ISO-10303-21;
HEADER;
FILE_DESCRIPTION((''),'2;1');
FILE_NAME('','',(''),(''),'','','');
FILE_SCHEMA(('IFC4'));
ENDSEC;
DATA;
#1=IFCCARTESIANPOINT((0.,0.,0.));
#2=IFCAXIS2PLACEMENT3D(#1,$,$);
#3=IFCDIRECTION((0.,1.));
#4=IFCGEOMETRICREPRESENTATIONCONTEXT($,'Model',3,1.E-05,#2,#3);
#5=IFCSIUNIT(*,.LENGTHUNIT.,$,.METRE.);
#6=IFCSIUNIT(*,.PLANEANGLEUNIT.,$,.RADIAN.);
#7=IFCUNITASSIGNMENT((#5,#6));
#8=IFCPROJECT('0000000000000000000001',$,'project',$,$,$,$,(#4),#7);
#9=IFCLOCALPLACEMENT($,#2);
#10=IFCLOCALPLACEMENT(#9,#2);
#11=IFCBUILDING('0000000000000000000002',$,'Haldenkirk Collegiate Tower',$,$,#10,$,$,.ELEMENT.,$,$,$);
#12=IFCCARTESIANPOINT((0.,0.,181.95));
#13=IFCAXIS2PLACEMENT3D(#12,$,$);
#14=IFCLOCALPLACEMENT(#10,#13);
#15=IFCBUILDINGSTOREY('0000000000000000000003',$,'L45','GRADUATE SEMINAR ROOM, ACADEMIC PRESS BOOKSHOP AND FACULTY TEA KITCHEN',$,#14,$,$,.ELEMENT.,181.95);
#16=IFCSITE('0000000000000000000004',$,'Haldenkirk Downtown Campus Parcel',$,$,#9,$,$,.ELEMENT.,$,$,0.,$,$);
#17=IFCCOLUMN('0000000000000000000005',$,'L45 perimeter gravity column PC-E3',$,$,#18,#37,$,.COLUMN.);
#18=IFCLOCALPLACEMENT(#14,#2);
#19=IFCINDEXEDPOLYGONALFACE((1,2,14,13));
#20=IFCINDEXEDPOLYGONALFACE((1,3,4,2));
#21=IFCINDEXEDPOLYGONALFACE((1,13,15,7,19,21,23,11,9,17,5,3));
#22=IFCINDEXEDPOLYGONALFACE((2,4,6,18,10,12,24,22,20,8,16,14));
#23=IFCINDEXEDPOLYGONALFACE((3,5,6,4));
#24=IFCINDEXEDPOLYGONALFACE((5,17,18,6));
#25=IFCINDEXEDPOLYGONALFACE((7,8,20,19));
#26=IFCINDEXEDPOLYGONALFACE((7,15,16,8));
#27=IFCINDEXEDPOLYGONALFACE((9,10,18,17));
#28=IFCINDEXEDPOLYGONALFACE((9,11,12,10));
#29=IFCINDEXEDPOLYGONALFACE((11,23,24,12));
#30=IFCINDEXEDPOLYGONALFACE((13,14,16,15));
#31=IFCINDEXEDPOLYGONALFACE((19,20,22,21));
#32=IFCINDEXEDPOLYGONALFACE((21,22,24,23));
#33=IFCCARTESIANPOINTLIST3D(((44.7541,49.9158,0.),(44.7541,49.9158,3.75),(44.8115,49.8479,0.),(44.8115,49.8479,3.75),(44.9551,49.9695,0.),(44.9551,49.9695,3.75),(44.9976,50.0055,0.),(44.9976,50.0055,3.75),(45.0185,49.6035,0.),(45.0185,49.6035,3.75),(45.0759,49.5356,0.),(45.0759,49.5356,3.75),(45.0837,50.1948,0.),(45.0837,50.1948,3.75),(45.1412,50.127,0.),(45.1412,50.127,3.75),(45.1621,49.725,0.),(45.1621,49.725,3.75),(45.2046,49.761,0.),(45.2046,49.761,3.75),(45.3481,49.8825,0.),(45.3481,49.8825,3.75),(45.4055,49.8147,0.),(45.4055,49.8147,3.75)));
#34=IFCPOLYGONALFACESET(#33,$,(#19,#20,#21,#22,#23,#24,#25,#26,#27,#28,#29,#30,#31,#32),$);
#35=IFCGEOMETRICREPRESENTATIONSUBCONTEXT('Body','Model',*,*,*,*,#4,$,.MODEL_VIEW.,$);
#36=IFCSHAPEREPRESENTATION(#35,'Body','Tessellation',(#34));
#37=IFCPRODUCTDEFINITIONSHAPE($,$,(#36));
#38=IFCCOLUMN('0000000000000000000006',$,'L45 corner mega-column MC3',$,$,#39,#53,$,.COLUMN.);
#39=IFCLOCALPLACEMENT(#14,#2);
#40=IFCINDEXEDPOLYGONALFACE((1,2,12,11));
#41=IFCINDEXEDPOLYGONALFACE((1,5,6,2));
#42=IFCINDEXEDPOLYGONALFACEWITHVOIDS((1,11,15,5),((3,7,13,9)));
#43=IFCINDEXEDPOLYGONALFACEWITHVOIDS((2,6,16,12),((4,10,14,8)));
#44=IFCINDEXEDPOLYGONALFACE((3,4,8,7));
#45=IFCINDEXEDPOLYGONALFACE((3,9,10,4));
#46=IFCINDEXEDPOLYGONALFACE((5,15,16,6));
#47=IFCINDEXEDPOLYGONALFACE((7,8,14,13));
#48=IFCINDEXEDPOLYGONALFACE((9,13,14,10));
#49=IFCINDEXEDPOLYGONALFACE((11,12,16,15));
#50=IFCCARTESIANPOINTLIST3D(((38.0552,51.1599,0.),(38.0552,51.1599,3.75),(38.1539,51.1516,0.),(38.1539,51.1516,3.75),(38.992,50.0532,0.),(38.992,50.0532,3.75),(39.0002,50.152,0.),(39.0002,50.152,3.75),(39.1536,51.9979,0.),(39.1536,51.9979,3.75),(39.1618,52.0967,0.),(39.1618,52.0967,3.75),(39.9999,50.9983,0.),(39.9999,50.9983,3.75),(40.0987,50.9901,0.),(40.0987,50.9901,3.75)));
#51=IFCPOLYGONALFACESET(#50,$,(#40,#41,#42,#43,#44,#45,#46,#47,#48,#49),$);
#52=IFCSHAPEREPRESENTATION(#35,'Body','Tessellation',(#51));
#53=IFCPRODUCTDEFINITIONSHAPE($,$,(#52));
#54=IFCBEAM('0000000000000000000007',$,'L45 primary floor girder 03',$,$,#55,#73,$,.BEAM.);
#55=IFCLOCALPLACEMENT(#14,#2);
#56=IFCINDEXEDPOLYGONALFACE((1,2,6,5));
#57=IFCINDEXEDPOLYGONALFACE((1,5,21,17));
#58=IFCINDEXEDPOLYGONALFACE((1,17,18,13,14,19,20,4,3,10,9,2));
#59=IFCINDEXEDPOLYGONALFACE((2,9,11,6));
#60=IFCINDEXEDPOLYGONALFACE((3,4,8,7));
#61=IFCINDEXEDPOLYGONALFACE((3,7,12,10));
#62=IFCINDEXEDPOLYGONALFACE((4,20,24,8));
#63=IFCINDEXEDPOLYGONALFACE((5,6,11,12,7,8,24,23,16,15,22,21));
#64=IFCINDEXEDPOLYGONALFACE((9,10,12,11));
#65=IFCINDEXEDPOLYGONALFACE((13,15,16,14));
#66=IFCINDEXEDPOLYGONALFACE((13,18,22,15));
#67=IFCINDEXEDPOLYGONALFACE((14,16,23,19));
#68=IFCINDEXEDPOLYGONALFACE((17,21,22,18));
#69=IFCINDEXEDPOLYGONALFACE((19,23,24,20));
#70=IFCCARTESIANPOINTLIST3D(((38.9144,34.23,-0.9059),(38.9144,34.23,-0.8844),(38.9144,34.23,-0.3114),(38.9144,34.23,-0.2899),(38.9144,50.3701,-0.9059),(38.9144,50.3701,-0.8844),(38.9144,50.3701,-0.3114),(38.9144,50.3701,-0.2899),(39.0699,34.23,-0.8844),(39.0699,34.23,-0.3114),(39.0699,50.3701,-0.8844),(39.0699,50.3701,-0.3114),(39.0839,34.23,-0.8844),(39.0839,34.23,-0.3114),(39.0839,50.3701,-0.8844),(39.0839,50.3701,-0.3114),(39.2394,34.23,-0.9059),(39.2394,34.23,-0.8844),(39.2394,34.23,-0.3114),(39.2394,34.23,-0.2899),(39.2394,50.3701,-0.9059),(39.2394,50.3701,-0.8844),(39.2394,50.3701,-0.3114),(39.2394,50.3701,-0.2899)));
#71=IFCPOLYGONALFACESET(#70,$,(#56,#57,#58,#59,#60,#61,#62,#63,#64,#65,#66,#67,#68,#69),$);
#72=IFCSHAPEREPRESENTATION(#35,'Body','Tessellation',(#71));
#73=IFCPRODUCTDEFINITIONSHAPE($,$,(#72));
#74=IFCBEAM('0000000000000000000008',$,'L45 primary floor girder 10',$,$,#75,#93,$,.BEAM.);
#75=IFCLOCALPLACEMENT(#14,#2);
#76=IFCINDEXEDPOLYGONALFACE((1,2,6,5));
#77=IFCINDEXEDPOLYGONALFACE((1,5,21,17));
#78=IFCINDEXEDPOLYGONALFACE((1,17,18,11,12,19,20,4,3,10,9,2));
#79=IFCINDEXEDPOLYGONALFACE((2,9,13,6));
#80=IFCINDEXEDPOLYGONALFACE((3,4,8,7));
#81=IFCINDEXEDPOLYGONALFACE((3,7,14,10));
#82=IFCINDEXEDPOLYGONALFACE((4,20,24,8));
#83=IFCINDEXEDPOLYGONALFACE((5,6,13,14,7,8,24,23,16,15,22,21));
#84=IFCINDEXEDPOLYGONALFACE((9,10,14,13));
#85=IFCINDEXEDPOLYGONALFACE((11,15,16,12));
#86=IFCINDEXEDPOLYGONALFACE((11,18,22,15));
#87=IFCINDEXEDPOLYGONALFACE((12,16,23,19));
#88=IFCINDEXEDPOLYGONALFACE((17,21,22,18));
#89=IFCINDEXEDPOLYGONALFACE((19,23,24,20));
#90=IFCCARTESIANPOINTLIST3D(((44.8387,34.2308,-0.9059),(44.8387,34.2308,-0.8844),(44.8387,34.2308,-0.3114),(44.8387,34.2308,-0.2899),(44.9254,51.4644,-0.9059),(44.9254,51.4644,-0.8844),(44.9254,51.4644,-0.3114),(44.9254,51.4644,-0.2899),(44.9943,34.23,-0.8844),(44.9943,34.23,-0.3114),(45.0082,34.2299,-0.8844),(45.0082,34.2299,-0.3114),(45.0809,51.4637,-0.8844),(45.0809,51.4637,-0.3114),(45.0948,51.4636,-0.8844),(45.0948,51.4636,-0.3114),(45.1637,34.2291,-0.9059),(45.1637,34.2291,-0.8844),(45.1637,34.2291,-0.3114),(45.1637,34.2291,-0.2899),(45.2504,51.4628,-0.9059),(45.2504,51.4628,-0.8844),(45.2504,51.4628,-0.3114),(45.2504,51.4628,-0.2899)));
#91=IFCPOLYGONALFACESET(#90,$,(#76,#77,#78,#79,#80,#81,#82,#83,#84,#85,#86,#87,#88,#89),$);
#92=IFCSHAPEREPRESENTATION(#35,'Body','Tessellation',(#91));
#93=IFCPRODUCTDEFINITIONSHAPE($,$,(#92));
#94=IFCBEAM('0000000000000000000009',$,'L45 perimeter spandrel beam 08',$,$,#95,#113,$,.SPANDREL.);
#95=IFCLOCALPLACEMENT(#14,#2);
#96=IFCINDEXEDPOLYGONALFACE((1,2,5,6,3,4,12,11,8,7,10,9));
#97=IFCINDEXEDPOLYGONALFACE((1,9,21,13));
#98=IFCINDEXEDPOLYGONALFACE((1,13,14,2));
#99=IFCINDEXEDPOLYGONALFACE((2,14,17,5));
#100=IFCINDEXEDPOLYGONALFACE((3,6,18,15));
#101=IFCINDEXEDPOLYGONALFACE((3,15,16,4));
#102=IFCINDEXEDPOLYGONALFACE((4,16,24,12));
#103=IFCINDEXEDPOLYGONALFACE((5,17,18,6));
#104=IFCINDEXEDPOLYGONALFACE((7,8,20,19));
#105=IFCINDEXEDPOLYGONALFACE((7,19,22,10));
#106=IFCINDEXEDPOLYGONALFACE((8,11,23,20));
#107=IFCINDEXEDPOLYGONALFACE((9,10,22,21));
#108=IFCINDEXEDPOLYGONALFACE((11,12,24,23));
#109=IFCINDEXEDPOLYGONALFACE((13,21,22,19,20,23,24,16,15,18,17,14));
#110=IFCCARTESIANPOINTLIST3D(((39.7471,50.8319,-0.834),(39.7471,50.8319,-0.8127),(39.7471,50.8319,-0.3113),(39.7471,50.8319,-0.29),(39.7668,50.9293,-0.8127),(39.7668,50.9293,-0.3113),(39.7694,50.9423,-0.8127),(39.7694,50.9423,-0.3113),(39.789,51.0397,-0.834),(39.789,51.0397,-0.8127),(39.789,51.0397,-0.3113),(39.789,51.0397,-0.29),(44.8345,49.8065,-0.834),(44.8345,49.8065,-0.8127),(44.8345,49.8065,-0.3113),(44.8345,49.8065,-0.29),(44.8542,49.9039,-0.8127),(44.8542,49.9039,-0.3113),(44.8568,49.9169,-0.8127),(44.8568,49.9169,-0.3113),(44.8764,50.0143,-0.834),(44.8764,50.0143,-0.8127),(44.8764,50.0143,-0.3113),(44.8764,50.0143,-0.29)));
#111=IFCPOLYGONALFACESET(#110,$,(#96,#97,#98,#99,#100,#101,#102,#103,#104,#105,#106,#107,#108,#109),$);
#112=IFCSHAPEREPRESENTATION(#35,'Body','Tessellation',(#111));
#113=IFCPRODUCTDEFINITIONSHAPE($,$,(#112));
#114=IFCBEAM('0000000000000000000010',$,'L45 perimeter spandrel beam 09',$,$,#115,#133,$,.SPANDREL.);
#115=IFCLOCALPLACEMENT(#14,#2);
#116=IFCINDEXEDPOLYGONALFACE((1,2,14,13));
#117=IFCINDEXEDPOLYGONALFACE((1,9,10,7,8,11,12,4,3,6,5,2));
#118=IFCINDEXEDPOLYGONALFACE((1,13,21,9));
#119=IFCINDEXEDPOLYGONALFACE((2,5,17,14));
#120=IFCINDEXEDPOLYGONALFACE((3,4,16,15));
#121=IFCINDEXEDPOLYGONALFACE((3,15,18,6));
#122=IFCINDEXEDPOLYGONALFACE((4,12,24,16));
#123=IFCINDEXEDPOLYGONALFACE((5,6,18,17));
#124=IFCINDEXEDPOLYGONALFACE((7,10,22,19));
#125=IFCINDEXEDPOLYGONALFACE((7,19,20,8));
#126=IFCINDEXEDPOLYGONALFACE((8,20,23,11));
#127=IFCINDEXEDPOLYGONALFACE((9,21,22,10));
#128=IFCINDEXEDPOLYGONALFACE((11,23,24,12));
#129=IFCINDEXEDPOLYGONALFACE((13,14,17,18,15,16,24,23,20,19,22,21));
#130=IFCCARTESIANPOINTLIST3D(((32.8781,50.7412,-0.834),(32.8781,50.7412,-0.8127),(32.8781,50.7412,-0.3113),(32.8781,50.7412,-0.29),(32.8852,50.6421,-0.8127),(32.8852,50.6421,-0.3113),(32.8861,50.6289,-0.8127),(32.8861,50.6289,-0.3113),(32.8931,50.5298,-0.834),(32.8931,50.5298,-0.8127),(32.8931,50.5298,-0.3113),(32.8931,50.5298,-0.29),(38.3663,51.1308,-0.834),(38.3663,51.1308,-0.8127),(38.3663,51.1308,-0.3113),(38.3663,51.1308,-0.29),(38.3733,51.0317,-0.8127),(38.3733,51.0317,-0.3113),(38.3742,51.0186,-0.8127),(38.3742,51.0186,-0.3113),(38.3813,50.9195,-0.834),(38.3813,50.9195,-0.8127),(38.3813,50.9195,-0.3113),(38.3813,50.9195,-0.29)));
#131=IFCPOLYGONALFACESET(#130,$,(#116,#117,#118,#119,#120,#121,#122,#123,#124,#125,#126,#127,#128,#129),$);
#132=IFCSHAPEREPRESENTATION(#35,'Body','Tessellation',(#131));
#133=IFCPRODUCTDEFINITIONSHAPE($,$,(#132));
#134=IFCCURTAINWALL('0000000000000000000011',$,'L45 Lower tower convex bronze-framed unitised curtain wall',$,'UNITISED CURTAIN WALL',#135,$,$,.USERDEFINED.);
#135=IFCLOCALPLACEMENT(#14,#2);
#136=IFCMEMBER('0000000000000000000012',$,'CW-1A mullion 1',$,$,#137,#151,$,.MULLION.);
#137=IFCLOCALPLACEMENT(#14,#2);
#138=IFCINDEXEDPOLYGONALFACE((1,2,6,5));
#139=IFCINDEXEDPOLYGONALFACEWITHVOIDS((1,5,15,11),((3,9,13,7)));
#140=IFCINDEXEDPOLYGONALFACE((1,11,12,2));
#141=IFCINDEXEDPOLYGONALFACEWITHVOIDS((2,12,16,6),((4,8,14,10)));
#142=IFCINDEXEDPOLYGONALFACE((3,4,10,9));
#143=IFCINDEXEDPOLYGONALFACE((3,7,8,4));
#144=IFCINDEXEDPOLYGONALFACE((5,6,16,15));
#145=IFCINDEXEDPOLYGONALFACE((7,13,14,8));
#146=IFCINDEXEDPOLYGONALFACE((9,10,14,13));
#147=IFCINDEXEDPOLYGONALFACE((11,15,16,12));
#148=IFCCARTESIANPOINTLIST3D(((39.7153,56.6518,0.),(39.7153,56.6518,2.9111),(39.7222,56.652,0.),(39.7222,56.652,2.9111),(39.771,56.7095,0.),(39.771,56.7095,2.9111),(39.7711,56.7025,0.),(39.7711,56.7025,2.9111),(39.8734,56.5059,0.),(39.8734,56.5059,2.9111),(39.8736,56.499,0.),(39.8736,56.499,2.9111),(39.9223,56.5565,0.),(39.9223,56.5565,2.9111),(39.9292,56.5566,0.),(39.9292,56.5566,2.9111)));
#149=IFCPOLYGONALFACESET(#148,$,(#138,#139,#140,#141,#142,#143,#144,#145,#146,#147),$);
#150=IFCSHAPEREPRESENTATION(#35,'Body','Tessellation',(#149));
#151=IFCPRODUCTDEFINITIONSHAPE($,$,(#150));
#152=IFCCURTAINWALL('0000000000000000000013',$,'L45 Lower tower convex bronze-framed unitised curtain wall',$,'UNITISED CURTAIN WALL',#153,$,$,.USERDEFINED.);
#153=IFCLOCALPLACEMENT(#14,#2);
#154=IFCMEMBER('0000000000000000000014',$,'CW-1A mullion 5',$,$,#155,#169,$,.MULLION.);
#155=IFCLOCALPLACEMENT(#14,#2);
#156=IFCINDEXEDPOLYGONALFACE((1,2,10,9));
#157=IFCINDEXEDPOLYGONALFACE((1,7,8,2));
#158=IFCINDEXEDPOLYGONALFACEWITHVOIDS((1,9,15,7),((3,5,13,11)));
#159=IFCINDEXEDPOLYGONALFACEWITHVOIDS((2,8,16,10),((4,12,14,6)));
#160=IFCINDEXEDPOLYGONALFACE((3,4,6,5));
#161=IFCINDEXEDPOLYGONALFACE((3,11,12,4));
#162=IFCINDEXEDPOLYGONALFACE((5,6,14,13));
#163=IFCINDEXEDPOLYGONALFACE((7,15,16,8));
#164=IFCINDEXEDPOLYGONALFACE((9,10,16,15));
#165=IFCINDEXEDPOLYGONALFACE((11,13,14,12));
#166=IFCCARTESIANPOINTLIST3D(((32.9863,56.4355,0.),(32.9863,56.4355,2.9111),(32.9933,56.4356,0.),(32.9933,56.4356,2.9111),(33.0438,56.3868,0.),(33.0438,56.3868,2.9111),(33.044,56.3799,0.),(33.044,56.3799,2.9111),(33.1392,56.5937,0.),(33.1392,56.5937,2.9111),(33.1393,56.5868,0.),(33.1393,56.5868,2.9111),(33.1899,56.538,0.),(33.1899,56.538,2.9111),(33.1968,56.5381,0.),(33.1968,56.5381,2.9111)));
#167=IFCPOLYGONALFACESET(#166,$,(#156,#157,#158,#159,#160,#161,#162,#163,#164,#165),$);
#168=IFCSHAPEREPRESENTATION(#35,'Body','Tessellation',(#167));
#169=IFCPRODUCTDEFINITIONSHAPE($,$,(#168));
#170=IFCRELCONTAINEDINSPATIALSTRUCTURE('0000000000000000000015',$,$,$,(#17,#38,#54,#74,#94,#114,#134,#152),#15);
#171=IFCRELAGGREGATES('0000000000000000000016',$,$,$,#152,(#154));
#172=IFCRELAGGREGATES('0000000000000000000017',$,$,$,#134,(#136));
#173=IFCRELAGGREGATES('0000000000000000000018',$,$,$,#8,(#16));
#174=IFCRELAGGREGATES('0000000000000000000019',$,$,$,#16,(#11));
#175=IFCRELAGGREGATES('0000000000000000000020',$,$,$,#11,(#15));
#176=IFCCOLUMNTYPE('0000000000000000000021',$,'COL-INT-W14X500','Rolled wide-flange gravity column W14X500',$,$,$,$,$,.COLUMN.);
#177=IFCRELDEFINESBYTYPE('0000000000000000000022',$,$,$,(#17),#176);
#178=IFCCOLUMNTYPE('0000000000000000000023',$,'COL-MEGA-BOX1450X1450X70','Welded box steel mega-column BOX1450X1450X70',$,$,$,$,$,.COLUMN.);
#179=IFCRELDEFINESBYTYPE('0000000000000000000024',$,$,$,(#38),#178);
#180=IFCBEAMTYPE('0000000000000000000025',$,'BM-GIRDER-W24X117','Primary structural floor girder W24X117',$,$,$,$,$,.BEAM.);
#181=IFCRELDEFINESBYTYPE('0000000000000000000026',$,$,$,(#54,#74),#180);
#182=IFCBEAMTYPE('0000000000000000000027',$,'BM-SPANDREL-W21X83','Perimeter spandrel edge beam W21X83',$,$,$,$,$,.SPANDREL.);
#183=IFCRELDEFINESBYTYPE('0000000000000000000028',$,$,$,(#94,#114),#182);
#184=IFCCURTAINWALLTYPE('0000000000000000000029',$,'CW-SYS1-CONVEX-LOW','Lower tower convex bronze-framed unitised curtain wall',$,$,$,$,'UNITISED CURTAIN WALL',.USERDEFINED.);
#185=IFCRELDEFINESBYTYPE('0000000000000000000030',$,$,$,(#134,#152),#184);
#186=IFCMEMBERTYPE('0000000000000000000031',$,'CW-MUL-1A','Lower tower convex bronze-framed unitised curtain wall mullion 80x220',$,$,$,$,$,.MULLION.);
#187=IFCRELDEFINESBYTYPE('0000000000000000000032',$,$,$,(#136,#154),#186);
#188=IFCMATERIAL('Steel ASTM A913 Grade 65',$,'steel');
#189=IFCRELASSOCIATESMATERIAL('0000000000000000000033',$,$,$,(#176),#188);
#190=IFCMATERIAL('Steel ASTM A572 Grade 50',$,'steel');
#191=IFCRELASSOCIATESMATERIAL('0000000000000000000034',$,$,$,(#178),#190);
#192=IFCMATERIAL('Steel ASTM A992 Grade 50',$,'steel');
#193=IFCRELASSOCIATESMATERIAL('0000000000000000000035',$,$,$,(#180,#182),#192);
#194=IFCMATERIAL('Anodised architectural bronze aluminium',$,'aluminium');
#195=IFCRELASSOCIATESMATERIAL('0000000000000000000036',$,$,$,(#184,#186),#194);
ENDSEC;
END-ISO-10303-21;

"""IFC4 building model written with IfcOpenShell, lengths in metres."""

from ifc_helpers import new_model, si_unit, direction, frame, origin, origin_2d, place, context, subcontext, project, spatial, hollow_rectangle, i_section, extrude, material, material_profile, profile_set, type_object, element, aggregate, save


model = new_model("IFC4")

# Units and contexts
model_context = context("Model", 3, precision=1e-05, world=origin(), true_north=direction((0.0, 1.0)))
body_context = subcontext(model_context, "Body", "Model", "MODEL_VIEW")
ifc_project = project(units=[si_unit("LENGTHUNIT", "METRE"), si_unit("PLANEANGLEUNIT", "RADIAN")], contexts=[model_context])

# Site, building, storey
site_placement = place(None, origin())
site = spatial("IfcSite", under=ifc_project, at=site_placement, Name="Haldenkirk Downtown Campus Parcel", CompositionType="ELEMENT", RefElevation=0.0)
building_placement = place(site_placement, origin())
building = spatial("IfcBuilding", under=site, at=building_placement, Name="Haldenkirk Collegiate Tower", CompositionType="ELEMENT")
storey_placement = place(building_placement, frame((0.0, 0.0, 181.95)))
storey = spatial("IfcBuildingStorey", under=building, at=storey_placement, Name="L45", Description="GRADUATE SEMINAR ROOM, ACADEMIC PRESS BOOKSHOP AND FACULTY TEA KITCHEN", CompositionType="ELEMENT", Elevation=181.95)

# Columns
ifc_material_1 = material(Name="Steel ASTM A913 Grade 65", Category="steel")
ifc_material_profile_1 = material_profile(ifc_material_1, i_section(OverallWidth=0.4319, OverallDepth=0.498, WebThickness=0.0557, FlangeThickness=0.0889, at=origin_2d()), Name="W14X500")
ifc_profile_set_1 = profile_set([ifc_material_profile_1], Name="Steel ASTM A913 Grade 65")
column_type_1 = type_object("IfcColumnType", Name="COL-INT-W14X500", Description="Rolled wide-flange gravity column W14X500", PredefinedType="COLUMN", material=ifc_profile_set_1)
column_1_placement = place(storey_placement, frame((45.0798, 49.8652, 0.0), z_axis=(0.0, 0.0, 1.0), x_axis=(0.763232, 0.646124, 0.0)))
element("IfcColumn", 1, at=column_1_placement, inside=storey, type_object=column_type_1, Name="L45 perimeter gravity column PC-E3", PredefinedType="COLUMN", context=body_context, shape_type="SweptSolid", body=[
    extrude(i_section(OverallWidth=0.4319, OverallDepth=0.498, WebThickness=0.0557, FlangeThickness=0.0889, at=origin_2d()), origin(), (0.0, 0.0, 1.0), 3.75),
])
ifc_material_2 = material(Name="Steel ASTM A572 Grade 50", Category="steel")
ifc_material_profile_2 = material_profile(ifc_material_2, hollow_rectangle(XDim=1.45, YDim=1.45, WallThickness=0.0701, at=origin_2d()), Name="BOX1450X1450X70")
ifc_profile_set_2 = profile_set([ifc_material_profile_2], Name="Steel ASTM A572 Grade 50")
column_type_2 = type_object("IfcColumnType", Name="COL-MEGA-BOX1450X1450X70", Description="Welded box steel mega-column BOX1450X1450X70", PredefinedType="COLUMN", material=ifc_profile_set_2)
column_2_placement = place(storey_placement, frame((39.0769, 51.075, 0.0), z_axis=(0.0, 0.0, 1.0), x_axis=(0.763232, 0.646124, 0.0)))
element("IfcColumn", 2, at=column_2_placement, inside=storey, type_object=column_type_2, Name="L45 corner mega-column MC3", PredefinedType="COLUMN", context=body_context, shape_type="SweptSolid", body=[
    extrude(hollow_rectangle(XDim=1.45, YDim=1.45, WallThickness=0.0701, at=origin_2d()), origin(), (0.0, 0.0, 1.0), 3.75),
])

# Beams
ifc_material_3 = material(Name="Steel ASTM A992 Grade 50", Category="steel")
ifc_material_profile_3 = material_profile(ifc_material_3, i_section(OverallWidth=0.325, OverallDepth=0.616, WebThickness=0.0139, FlangeThickness=0.0215, at=origin_2d()), Name="W24X117")
ifc_profile_set_3 = profile_set([ifc_material_profile_3], Name="Steel ASTM A992 Grade 50")
beam_type_1 = type_object("IfcBeamType", Name="BM-GIRDER-W24X117", Description="Primary structural floor girder W24X117", PredefinedType="BEAM", material=ifc_profile_set_3)
beam_1_placement = place(storey_placement, frame((39.0769, 50.3701, -0.5979), z_axis=(0.0, -1.0, 0.0), x_axis=(1.0, 0.0, 0.0)))
element("IfcBeam", 3, at=beam_1_placement, inside=storey, type_object=beam_type_1, Name="L45 primary floor girder 03", PredefinedType="BEAM", context=body_context, shape_type="SweptSolid", body=[
    extrude(i_section(OverallWidth=0.325, OverallDepth=0.616, WebThickness=0.0139, FlangeThickness=0.0215, at=origin_2d()), origin(), (0.0, 0.0, 1.0), 16.1401),
])
beam_2_placement = place(storey_placement, frame((45.0879, 51.4636, -0.5979), z_axis=(-0.005029, -0.999987, 0.0), x_axis=(0.999987, -0.005029, 0.0)))
element("IfcBeam", 4, at=beam_2_placement, inside=storey, type_object=beam_type_1, Name="L45 primary floor girder 10", PredefinedType="BEAM", context=body_context, shape_type="SweptSolid", body=[
    extrude(i_section(OverallWidth=0.325, OverallDepth=0.616, WebThickness=0.0139, FlangeThickness=0.0215, at=origin_2d()), origin(), (0.0, 0.0, 1.0), 17.2339),
])
ifc_material_profile_4 = material_profile(ifc_material_3, i_section(OverallWidth=0.2119, OverallDepth=0.5439, WebThickness=0.0132, FlangeThickness=0.0212, at=origin_2d()), Name="W21X83")
ifc_profile_set_4 = profile_set([ifc_material_profile_4], Name="Steel ASTM A992 Grade 50")
beam_type_2 = type_object("IfcBeamType", Name="BM-SPANDREL-W21X83", Description="Perimeter spandrel edge beam W21X83", PredefinedType="SPANDREL", material=ifc_profile_set_4)
beam_3_placement = place(storey_placement, frame((44.8555, 49.9104, -0.562), z_axis=(-0.980286, 0.197581, 0.0), x_axis=(-0.197581, -0.980286, 0.0)))
element("IfcBeam", 5, at=beam_3_placement, inside=storey, type_object=beam_type_2, Name="L45 perimeter spandrel beam 08", PredefinedType="SPANDREL", context=body_context, shape_type="SweptSolid", body=[
    extrude(i_section(OverallWidth=0.2119, OverallDepth=0.5439, WebThickness=0.0132, FlangeThickness=0.0212, at=origin_2d()), origin(), (0.0, 0.0, 1.0), 5.1897),
])
beam_4_placement = place(storey_placement, frame((38.3738, 51.0251, -0.562), z_axis=(-0.997489, -0.070821, 0.0), x_axis=(0.070821, -0.997489, 0.0)))
element("IfcBeam", 6, at=beam_4_placement, inside=storey, type_object=beam_type_2, Name="L45 perimeter spandrel beam 09", PredefinedType="SPANDREL", context=body_context, shape_type="SweptSolid", body=[
    extrude(i_section(OverallWidth=0.2119, OverallDepth=0.5439, WebThickness=0.0132, FlangeThickness=0.0212, at=origin_2d()), origin(), (0.0, 0.0, 1.0), 5.502),
])

# Curtain walls, members
ifc_material_4 = material(Name="Anodised architectural bronze aluminium", Category="aluminium")
curtain_wall_type = type_object("IfcCurtainWallType", Name="CW-SYS1-CONVEX-LOW", Description="Lower tower convex bronze-framed unitised curtain wall", ElementType="UNITISED CURTAIN WALL", PredefinedType="USERDEFINED", material=ifc_material_4)
curtain_wall_1_placement = place(storey_placement, origin())
curtain_wall_1 = element("IfcCurtainWall", 7, at=curtain_wall_1_placement, inside=storey, type_object=curtain_wall_type, Name="L45 Lower tower convex bronze-framed unitised curtain wall", ObjectType="UNITISED CURTAIN WALL", PredefinedType="USERDEFINED")
ifc_material_profile_5 = material_profile(ifc_material_4, hollow_rectangle(XDim=0.0801, YDim=0.22, WallThickness=0.0049, at=origin_2d()), Name="CW-MUL-1A")
ifc_profile_set_5 = profile_set([ifc_material_profile_5], Name="Anodised architectural bronze aluminium")
member_type_1 = type_object("IfcMemberType", Name="CW-MUL-1A", Description="Lower tower convex bronze-framed unitised curtain wall mullion 80x220", PredefinedType="MULLION", material=ifc_profile_set_5)
member_1_placement = place(storey_placement, frame((39.8223, 56.6042, 0.0), z_axis=(0.0, 0.0, 1.0), x_axis=(0.694658, 0.719341, 0.0)))
member_1 = element("IfcMember", 8, at=member_1_placement, type_object=member_type_1, Name="CW-1A mullion 1", PredefinedType="MULLION", context=body_context, shape_type="SweptSolid", body=[
    extrude(hollow_rectangle(XDim=0.0801, YDim=0.22, WallThickness=0.0049, at=origin_2d()), origin(), (0.0, 0.0, 1.0), 2.9111),
])
curtain_wall_2_placement = place(storey_placement, origin())
curtain_wall_2 = element("IfcCurtainWall", 9, at=curtain_wall_2_placement, inside=storey, type_object=curtain_wall_type, Name="L45 Lower tower convex bronze-framed unitised curtain wall", ObjectType="UNITISED CURTAIN WALL", PredefinedType="USERDEFINED")
member_2_placement = place(storey_placement, frame((33.0916, 56.4868, 0.0), z_axis=(0.0, 0.0, 1.0), x_axis=(-0.719341, 0.694657, 0.0)))
member_2 = element("IfcMember", 10, at=member_2_placement, type_object=member_type_1, Name="CW-1A mullion 5", PredefinedType="MULLION", context=body_context, shape_type="SweptSolid", body=[
    extrude(hollow_rectangle(XDim=0.0801, YDim=0.22, WallThickness=0.0049, at=origin_2d()), origin(), (0.0, 0.0, 1.0), 2.9111),
])
aggregate(curtain_wall_2, [member_2])

aggregate(curtain_wall_1, [member_1])

save(model, "model.ifc")
